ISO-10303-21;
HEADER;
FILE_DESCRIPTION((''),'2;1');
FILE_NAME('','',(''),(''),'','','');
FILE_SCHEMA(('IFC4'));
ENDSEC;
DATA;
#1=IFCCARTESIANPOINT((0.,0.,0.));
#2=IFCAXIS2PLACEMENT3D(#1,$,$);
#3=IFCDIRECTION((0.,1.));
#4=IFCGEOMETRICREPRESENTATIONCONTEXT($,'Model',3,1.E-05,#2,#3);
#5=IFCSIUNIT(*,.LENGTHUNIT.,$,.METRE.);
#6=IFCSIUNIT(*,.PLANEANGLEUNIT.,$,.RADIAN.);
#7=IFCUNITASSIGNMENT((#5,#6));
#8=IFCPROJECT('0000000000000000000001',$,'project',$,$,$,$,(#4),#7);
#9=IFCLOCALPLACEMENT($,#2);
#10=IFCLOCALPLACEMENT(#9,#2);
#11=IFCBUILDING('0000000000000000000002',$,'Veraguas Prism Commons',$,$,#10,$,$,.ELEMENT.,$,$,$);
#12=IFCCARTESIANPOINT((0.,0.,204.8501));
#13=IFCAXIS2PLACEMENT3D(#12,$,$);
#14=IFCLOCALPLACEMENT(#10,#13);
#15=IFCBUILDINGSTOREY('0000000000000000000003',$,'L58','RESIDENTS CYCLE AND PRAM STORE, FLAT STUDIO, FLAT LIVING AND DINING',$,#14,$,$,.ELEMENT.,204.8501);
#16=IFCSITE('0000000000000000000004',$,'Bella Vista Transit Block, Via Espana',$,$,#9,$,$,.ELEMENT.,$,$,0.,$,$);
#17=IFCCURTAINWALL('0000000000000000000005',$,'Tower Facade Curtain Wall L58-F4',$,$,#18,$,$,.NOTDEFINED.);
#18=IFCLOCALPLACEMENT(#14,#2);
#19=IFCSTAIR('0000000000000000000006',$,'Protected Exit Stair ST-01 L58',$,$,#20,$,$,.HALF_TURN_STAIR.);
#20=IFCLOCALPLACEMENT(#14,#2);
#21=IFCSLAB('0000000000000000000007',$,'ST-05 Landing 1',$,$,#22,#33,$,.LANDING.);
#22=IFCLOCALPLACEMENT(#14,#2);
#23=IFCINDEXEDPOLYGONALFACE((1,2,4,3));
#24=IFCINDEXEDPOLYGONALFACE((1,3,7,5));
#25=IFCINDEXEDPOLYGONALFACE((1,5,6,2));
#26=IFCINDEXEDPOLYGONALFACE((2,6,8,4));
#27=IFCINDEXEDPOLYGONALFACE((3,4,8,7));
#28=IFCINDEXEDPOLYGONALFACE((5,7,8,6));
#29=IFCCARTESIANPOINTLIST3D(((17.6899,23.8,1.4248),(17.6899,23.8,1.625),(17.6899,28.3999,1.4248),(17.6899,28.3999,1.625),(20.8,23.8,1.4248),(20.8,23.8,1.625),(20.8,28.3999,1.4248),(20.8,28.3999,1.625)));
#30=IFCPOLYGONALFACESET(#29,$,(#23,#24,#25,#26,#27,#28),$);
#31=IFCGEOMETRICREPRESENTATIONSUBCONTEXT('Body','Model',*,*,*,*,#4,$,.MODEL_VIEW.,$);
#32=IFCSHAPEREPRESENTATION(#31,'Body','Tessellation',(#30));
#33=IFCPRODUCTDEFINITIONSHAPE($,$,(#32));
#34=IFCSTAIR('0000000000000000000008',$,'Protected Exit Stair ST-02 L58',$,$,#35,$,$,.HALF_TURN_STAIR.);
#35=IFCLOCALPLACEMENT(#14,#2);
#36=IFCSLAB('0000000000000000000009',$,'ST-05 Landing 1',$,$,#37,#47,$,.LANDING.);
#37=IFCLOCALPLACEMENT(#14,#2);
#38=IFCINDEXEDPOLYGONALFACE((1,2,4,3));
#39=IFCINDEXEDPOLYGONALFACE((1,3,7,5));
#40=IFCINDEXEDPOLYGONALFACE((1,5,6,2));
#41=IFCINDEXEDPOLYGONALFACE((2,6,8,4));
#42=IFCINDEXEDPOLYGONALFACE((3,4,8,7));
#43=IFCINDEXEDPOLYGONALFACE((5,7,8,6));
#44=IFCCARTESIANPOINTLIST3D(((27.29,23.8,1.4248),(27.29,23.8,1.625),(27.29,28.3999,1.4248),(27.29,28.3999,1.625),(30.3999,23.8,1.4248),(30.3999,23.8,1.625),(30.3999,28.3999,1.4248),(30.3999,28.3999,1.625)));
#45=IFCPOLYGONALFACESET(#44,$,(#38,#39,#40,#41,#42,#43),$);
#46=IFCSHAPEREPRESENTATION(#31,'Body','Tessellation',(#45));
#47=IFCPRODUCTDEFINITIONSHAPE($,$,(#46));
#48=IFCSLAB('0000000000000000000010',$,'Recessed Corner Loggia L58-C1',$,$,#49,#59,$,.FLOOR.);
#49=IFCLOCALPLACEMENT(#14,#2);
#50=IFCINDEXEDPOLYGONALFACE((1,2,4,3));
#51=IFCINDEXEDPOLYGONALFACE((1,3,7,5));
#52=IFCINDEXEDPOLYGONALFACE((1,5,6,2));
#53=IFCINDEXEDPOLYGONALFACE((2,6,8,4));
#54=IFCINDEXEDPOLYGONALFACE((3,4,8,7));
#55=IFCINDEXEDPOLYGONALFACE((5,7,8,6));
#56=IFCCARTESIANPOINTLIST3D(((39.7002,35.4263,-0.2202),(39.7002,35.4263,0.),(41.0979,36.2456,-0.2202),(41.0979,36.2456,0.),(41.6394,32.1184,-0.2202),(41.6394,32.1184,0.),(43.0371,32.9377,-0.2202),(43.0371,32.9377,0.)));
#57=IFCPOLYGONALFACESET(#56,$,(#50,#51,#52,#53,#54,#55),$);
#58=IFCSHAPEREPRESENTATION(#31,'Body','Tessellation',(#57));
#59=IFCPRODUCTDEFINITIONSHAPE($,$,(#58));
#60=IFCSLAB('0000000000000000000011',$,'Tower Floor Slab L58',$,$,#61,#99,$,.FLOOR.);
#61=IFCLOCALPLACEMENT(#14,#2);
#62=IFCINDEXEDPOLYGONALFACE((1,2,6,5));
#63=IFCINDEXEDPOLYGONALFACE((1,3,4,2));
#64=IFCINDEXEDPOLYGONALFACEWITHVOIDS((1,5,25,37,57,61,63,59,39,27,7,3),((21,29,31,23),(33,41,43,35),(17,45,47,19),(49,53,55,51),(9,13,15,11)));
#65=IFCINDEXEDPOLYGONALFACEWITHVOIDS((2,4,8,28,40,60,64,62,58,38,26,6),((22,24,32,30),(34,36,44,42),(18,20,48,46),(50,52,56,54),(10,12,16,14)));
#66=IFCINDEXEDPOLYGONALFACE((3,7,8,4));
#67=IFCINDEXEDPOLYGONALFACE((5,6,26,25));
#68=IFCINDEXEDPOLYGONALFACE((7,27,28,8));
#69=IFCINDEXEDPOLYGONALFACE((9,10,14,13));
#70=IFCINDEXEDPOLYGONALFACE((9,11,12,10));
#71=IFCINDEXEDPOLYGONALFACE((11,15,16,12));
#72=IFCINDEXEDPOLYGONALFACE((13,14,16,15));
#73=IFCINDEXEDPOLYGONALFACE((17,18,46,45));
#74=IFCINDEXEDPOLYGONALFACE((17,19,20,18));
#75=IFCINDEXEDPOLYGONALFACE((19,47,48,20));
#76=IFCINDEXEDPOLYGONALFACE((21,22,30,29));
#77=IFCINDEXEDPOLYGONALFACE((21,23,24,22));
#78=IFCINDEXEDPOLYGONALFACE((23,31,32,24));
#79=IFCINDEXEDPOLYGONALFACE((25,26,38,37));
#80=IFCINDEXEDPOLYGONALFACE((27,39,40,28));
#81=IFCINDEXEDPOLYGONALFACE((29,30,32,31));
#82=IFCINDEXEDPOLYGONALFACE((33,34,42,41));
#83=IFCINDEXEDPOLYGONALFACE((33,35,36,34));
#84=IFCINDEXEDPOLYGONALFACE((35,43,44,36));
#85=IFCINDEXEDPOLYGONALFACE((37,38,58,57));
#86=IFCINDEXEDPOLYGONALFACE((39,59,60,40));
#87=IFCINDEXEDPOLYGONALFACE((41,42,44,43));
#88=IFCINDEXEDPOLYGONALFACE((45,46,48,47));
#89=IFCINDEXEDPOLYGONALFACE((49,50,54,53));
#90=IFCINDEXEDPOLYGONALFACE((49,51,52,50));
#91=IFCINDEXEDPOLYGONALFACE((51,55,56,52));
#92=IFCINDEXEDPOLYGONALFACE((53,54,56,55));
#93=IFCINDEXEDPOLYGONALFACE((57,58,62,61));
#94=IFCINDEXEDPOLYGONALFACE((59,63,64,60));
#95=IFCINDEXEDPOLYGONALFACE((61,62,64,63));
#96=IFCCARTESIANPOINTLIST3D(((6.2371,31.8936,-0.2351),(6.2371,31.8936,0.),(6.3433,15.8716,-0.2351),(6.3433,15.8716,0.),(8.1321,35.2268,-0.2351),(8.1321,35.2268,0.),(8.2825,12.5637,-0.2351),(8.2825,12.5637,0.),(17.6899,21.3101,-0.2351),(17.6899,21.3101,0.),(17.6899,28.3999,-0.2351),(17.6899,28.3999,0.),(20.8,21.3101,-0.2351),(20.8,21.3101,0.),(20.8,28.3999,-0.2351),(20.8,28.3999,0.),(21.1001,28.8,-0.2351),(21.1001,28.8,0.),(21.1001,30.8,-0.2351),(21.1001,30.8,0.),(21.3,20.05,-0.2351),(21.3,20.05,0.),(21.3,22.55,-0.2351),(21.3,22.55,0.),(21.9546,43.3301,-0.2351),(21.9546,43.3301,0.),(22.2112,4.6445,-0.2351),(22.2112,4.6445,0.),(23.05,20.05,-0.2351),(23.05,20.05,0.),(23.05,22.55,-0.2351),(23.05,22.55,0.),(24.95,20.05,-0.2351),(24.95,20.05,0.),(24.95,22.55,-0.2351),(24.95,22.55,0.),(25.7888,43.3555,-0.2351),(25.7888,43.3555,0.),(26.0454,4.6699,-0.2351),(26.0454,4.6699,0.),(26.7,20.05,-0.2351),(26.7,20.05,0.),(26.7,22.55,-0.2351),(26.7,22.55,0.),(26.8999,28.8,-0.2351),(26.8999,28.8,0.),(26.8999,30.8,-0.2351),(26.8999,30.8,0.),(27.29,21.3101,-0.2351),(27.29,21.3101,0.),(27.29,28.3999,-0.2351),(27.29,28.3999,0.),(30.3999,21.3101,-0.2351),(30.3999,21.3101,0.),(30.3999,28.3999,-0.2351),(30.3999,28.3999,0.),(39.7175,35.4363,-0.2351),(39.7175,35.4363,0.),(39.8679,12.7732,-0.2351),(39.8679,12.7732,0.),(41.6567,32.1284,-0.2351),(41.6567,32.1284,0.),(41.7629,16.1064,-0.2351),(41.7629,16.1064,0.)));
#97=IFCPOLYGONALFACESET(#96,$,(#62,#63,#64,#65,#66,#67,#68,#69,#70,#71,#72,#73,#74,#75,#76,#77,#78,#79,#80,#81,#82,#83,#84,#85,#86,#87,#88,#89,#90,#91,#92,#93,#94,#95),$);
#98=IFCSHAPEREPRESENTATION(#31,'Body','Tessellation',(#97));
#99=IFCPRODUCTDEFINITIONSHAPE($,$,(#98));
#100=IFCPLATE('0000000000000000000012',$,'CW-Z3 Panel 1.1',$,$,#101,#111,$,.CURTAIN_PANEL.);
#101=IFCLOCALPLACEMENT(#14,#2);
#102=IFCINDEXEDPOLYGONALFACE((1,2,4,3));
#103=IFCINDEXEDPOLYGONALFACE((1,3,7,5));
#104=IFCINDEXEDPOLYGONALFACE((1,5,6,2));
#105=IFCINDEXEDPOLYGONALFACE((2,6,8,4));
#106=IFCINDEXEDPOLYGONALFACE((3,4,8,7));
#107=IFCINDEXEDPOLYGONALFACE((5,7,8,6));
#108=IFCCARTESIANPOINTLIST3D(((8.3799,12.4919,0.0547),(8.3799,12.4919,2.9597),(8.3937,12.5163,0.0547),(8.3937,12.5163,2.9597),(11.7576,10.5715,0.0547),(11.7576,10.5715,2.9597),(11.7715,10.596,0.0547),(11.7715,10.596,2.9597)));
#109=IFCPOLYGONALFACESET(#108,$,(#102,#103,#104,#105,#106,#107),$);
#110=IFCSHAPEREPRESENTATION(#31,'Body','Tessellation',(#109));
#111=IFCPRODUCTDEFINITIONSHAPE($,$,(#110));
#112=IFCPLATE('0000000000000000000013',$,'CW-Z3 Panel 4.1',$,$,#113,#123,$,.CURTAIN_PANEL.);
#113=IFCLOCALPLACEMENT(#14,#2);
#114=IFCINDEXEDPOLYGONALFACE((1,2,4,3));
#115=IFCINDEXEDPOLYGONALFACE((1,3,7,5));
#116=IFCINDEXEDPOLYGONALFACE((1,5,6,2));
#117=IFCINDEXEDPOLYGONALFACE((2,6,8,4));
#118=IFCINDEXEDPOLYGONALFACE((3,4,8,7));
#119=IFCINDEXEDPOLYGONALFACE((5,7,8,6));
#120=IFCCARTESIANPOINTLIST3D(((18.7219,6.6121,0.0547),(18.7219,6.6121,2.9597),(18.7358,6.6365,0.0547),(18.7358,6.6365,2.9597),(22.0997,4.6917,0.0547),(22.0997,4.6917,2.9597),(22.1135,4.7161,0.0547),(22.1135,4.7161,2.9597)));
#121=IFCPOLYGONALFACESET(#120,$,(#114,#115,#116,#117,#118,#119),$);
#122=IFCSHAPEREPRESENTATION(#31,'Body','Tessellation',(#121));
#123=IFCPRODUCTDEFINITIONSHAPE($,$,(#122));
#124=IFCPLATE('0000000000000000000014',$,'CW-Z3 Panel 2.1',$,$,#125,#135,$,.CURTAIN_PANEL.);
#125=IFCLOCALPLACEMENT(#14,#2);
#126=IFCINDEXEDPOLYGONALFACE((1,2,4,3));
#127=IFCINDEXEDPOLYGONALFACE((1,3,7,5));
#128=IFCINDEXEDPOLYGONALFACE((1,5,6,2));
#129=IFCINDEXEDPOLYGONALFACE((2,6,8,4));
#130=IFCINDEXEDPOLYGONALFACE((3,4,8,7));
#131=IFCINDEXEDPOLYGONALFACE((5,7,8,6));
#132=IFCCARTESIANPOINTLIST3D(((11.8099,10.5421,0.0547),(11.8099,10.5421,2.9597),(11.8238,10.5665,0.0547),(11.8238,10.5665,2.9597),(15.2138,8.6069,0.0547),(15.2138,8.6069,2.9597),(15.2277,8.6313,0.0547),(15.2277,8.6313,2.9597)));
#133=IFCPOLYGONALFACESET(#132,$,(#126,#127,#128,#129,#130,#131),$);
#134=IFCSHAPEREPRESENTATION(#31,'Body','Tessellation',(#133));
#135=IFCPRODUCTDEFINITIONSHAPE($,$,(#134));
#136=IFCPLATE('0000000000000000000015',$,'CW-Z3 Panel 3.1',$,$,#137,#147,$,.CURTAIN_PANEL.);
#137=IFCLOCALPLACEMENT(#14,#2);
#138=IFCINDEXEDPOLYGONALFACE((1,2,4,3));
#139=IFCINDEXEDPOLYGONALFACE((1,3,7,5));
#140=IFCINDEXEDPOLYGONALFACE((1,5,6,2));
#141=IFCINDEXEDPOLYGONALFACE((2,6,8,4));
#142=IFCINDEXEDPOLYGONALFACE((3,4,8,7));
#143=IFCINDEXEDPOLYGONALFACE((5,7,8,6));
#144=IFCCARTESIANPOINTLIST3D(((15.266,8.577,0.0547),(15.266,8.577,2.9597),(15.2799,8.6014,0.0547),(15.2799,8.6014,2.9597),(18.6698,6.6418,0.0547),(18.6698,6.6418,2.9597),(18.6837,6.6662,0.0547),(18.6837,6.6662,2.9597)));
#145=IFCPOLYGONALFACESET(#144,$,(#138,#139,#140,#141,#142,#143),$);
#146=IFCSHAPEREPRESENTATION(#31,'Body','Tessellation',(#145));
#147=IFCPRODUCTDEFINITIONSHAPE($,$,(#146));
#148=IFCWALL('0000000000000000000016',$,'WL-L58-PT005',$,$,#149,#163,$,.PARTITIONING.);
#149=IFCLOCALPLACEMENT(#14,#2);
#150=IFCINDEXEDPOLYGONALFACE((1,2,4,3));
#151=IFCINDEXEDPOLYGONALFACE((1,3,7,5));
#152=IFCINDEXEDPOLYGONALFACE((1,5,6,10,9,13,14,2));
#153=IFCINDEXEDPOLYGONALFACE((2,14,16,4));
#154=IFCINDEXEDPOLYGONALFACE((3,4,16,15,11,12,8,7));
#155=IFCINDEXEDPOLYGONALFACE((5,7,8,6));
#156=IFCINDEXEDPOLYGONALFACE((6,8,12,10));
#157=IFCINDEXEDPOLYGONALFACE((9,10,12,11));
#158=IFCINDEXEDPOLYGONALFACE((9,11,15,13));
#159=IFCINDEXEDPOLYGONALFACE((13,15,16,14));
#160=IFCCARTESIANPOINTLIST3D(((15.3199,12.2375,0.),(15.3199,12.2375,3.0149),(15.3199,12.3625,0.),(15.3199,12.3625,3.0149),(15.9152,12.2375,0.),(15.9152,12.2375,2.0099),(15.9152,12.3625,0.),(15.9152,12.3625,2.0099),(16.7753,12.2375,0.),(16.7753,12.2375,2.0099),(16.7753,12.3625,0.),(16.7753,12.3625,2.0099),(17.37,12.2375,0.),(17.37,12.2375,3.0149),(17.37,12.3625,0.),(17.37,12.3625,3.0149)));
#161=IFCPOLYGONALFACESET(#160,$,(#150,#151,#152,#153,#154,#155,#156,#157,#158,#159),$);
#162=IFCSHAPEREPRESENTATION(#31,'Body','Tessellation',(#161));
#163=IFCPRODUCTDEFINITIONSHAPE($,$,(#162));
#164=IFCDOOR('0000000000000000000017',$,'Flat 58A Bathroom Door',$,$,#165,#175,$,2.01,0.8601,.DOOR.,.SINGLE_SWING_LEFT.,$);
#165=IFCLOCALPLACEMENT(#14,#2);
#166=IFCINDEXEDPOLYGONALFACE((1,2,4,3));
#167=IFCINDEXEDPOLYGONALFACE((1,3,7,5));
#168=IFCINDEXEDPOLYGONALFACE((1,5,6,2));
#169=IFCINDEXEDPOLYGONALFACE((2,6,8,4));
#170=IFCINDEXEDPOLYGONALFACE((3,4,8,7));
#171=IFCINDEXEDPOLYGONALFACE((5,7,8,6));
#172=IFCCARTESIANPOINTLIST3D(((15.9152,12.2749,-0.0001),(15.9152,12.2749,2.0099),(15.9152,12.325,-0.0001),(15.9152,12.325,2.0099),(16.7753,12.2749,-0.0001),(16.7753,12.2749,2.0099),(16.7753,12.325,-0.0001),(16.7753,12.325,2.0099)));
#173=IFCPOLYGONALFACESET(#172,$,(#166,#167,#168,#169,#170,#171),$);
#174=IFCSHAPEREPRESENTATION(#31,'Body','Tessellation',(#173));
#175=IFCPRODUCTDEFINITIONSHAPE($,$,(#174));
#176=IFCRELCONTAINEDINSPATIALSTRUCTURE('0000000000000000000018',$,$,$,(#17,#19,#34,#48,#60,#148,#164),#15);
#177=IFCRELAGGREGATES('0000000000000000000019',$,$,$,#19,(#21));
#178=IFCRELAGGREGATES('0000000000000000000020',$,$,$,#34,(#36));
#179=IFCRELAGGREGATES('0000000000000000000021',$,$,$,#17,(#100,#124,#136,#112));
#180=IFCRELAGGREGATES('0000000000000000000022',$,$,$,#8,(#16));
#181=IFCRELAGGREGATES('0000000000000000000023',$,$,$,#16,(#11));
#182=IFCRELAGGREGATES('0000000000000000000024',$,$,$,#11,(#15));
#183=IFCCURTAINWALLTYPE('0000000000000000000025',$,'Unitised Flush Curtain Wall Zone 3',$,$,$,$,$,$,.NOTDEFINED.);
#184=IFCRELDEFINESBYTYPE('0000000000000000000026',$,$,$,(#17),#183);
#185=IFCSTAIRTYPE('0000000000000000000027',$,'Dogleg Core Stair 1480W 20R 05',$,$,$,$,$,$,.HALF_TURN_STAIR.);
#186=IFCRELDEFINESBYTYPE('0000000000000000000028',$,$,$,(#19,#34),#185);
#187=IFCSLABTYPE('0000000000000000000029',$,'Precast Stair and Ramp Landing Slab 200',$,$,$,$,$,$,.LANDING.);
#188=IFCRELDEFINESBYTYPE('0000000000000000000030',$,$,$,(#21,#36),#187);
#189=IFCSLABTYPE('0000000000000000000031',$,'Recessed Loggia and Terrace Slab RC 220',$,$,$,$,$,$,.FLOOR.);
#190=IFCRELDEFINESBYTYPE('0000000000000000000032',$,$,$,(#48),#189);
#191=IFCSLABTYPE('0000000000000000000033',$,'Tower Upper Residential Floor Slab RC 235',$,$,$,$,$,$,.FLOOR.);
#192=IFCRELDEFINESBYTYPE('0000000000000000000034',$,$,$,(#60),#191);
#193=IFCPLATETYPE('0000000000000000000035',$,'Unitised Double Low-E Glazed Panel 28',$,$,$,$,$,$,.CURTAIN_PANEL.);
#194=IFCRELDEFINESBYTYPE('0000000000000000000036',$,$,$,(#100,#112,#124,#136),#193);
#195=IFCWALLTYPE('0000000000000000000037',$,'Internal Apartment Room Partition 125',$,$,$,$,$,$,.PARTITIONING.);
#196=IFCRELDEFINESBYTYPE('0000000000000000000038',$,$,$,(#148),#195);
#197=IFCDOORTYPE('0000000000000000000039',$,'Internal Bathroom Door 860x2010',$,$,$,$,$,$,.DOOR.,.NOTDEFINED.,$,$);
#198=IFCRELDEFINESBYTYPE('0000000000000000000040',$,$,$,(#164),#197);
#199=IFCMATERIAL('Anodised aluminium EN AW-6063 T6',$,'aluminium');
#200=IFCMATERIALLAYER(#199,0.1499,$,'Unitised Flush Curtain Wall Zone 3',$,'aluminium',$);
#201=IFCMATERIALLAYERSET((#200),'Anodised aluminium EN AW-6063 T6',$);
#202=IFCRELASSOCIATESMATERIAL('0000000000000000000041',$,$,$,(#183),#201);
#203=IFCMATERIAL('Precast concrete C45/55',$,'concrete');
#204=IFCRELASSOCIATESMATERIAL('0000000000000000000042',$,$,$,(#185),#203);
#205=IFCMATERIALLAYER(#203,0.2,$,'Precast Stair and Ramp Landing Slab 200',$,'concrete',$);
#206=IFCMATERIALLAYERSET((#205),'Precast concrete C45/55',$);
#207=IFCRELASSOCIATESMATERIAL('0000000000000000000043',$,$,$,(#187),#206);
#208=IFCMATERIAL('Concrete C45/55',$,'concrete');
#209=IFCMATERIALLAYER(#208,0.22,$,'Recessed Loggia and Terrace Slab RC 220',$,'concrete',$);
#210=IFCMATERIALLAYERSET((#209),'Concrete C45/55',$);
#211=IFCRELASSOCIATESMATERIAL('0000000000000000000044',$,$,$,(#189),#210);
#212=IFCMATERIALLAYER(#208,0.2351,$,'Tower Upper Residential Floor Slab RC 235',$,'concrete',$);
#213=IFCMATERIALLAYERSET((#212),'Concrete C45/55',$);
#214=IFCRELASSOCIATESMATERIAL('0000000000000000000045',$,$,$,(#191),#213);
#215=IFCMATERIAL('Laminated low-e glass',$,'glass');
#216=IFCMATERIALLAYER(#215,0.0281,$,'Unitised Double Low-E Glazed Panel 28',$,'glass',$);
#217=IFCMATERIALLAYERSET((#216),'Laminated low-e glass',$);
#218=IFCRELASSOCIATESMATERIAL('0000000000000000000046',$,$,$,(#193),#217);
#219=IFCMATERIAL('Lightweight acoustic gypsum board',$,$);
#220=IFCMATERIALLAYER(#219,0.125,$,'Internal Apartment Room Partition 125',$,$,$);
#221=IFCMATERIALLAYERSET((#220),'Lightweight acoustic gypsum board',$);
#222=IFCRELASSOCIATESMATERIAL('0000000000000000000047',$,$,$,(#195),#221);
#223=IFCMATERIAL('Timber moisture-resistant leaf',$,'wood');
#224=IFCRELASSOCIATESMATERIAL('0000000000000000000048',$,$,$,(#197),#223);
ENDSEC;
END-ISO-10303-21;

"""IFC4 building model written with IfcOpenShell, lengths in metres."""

from ifc_helpers import new_model, si_unit, direction, frame, frame_2d, origin, origin_2d, place, context, subcontext, project, spatial, polyline, rectangle, outline, extrude, source, transform, mapped, material, layer, layer_set, type_object, element, fill, aggregate, save


model = new_model("IFC4")

# Units and contexts
model_context = context("Model", 3, precision=1e-05, world=origin(), true_north=direction((0.0, 1.0)))
body_context = subcontext(model_context, "Body", "Model", "MODEL_VIEW")
ifc_project = project(units=[si_unit("LENGTHUNIT", "METRE"), si_unit("PLANEANGLEUNIT", "RADIAN")], contexts=[model_context])

# Site, building, storey
site_placement = place(None, origin())
site = spatial("IfcSite", under=ifc_project, at=site_placement, Name="Bella Vista Transit Block, Via Espana", CompositionType="ELEMENT", RefElevation=0.0)
building_placement = place(site_placement, origin())
building = spatial("IfcBuilding", under=site, at=building_placement, Name="Veraguas Prism Commons", CompositionType="ELEMENT")
storey_placement = place(building_placement, frame((0.0, 0.0, 204.8501)))
storey = spatial("IfcBuildingStorey", under=building, at=storey_placement, Name="L58", Description="RESIDENTS CYCLE AND PRAM STORE, FLAT STUDIO, FLAT LIVING AND DINING", CompositionType="ELEMENT", Elevation=204.8501)

# Curtain wall
ifc_material_1 = material(Name="Anodised aluminium EN AW-6063 T6", Category="aluminium")
ifc_layer_1 = layer(ifc_material_1, 0.1499, Name="Unitised Flush Curtain Wall Zone 3", Category="aluminium")
ifc_layer_set_1 = layer_set([ifc_layer_1], Name="Anodised aluminium EN AW-6063 T6")
curtain_wall_type = type_object("IfcCurtainWallType", Name="Unitised Flush Curtain Wall Zone 3", PredefinedType="NOTDEFINED", material=ifc_layer_set_1)
curtain_wall_1_placement = place(storey_placement, origin())
curtain_wall_1 = element("IfcCurtainWall", 1, at=curtain_wall_1_placement, inside=storey, type_object=curtain_wall_type, Name="Tower Facade Curtain Wall L58-F4", PredefinedType="NOTDEFINED")

# Stairs, slabs
ifc_material_2 = material(Name="Precast concrete C45/55", Category="concrete")
stair_type = type_object("IfcStairType", Name="Dogleg Core Stair 1480W 20R 05", PredefinedType="HALF_TURN_STAIR", material=ifc_material_2)
stair_1_placement = place(storey_placement, origin())
stair_1 = element("IfcStair", 2, at=stair_1_placement, inside=storey, type_object=stair_type, Name="Protected Exit Stair ST-01 L58", PredefinedType="HALF_TURN_STAIR")
ifc_layer_2 = layer(ifc_material_2, 0.2, Name="Precast Stair and Ramp Landing Slab 200", Category="concrete")
ifc_layer_set_2 = layer_set([ifc_layer_2], Name="Precast concrete C45/55")
slab_type_1 = type_object("IfcSlabType", Name="Precast Stair and Ramp Landing Slab 200", PredefinedType="LANDING", material=ifc_layer_set_2)
slab_1_placement = place(storey_placement, frame((0.0, 0.0, 1.4248)))
slab_1 = element("IfcSlab", 3, at=slab_1_placement, type_object=slab_type_1, Name="ST-05 Landing 1", PredefinedType="LANDING", context=body_context, shape_type="SweptSolid", body=[
    extrude(outline(polyline([(20.8, 23.8), (20.8, 28.3999), (17.6899, 28.3999), (17.6899, 23.8), (20.8, 23.8)])), origin(), (0.0, 0.0, 1.0), 0.2002),
])
aggregate(stair_1, [slab_1])
stair_2_placement = place(storey_placement, origin())
stair_2 = element("IfcStair", 4, at=stair_2_placement, inside=storey, type_object=stair_type, Name="Protected Exit Stair ST-02 L58", PredefinedType="HALF_TURN_STAIR")
slab_2_placement = place(storey_placement, frame((0.0, 0.0, 1.4248)))
slab_2 = element("IfcSlab", 5, at=slab_2_placement, type_object=slab_type_1, Name="ST-05 Landing 1", PredefinedType="LANDING", context=body_context, shape_type="SweptSolid", body=[
    extrude(outline(polyline([(30.3999, 23.8), (30.3999, 28.3999), (27.29, 28.3999), (27.29, 23.8), (30.3999, 23.8)])), origin(), (0.0, 0.0, 1.0), 0.2002),
])
aggregate(stair_2, [slab_2])

# Slabs
ifc_material_3 = material(Name="Concrete C45/55", Category="concrete")
ifc_layer_3 = layer(ifc_material_3, 0.22, Name="Recessed Loggia and Terrace Slab RC 220", Category="concrete")
ifc_layer_set_3 = layer_set([ifc_layer_3], Name="Concrete C45/55")
slab_type_2 = type_object("IfcSlabType", Name="Recessed Loggia and Terrace Slab RC 220", PredefinedType="FLOOR", material=ifc_layer_set_3)
slab_3_placement = place(storey_placement, frame((0.0, 0.0, -0.2202)))
element("IfcSlab", 6, at=slab_3_placement, inside=storey, type_object=slab_type_2, Name="Recessed Corner Loggia L58-C1", PredefinedType="FLOOR", context=body_context, shape_type="SweptSolid", body=[
    extrude(outline(polyline([(41.6394, 32.1184), (43.0371, 32.9377), (41.0979, 36.2456), (39.7002, 35.4263), (41.6394, 32.1184)])), origin(), (0.0, 0.0, 1.0), 0.2202),
])
ifc_layer_4 = layer(ifc_material_3, 0.2351, Name="Tower Upper Residential Floor Slab RC 235", Category="concrete")
ifc_layer_set_4 = layer_set([ifc_layer_4], Name="Concrete C45/55")
slab_type_3 = type_object("IfcSlabType", Name="Tower Upper Residential Floor Slab RC 235", PredefinedType="FLOOR", material=ifc_layer_set_4)
slab_4_placement = place(storey_placement, frame((0.0, 0.0, -0.2351)))
element("IfcSlab", 7, at=slab_4_placement, inside=storey, type_object=slab_type_3, Name="Tower Floor Slab L58", PredefinedType="FLOOR", context=body_context, shape_type="SweptSolid", body=[
    extrude(outline(polyline([(41.6567, 32.1284), (39.7175, 35.4363), (25.7888, 43.3555), (21.9546, 43.3301), (8.1321, 35.2268), (6.2371, 31.8936), (6.3433, 15.8716), (8.2825, 12.5637), (22.2112, 4.6445), (26.0454, 4.6699), (39.8679, 12.7732), (41.7629, 16.1064), (41.6567, 32.1284)]), holes=[polyline([(20.8, 21.3101), (20.8, 28.3999), (17.6899, 28.3999), (17.6899, 21.3101), (20.8, 21.3101)]), polyline([(30.3999, 21.3101), (30.3999, 28.3999), (27.29, 28.3999), (27.29, 21.3101), (30.3999, 21.3101)]), polyline([(21.1001, 28.8), (26.8999, 28.8), (26.8999, 30.8), (21.1001, 30.8), (21.1001, 28.8)]), polyline([(21.3, 20.05), (23.05, 20.05), (23.05, 22.55), (21.3, 22.55), (21.3, 20.05)]), polyline([(24.95, 20.05), (26.7, 20.05), (26.7, 22.55), (24.95, 22.55), (24.95, 20.05)])]), origin(), (0.0, 0.0, 1.0), 0.2351),
])

# Plates
ifc_material_4 = material(Name="Laminated low-e glass", Category="glass")
ifc_layer_5 = layer(ifc_material_4, 0.0281, Name="Unitised Double Low-E Glazed Panel 28", Category="glass")
ifc_layer_set_5 = layer_set([ifc_layer_5], Name="Laminated low-e glass")
plate_type = type_object("IfcPlateType", Name="Unitised Double Low-E Glazed Panel 28", PredefinedType="CURTAIN_PANEL", material=ifc_layer_set_5)
shared_shape_1 = source(origin(), body_context, "Body", "SweptSolid", [
    extrude(rectangle(XDim=3.8855, YDim=0.0281, at=origin_2d()), origin(), (0.0, 0.0, 1.0), 2.905),
])
plate_1_placement = place(storey_placement, frame((10.0757, 11.5439, 0.0547), z_axis=(0.0, 0.0, 1.0), x_axis=(0.869323, -0.494244, 0.0)))
plate_1 = element("IfcPlate", 8, at=plate_1_placement, type_object=plate_type, Name="CW-Z3 Panel 1.1", PredefinedType="CURTAIN_PANEL", context=body_context, shape_type="MappedRepresentation", body=[
    mapped(shared_shape_1, transform((0.0, 0.0, 0.0), scale=1.0)),
])
plate_2_placement = place(storey_placement, frame((20.4177, 5.6641, 0.0547), z_axis=(0.0, 0.0, 1.0), x_axis=(0.869323, -0.494244, 0.0)))
plate_2 = element("IfcPlate", 9, at=plate_2_placement, type_object=plate_type, Name="CW-Z3 Panel 4.1", PredefinedType="CURTAIN_PANEL", context=body_context, shape_type="MappedRepresentation", body=[
    mapped(shared_shape_1, transform((0.0, 0.0, 0.0), scale=1.0)),
])
shared_shape_2 = source(origin(), body_context, "Body", "SweptSolid", [
    extrude(rectangle(XDim=3.9155, YDim=0.0281, at=origin_2d()), origin(), (0.0, 0.0, 1.0), 2.905),
])
plate_3_placement = place(storey_placement, frame((13.5188, 9.5867, 0.0547), z_axis=(0.0, 0.0, 1.0), x_axis=(0.869323, -0.494244, 0.0)))
plate_3 = element("IfcPlate", 10, at=plate_3_placement, type_object=plate_type, Name="CW-Z3 Panel 2.1", PredefinedType="CURTAIN_PANEL", context=body_context, shape_type="MappedRepresentation", body=[
    mapped(shared_shape_2, transform((0.0, 0.0, 0.0), scale=1.0)),
])
plate_4_placement = place(storey_placement, frame((16.9749, 7.6216, 0.0547), z_axis=(0.0, 0.0, 1.0), x_axis=(0.869323, -0.494244, 0.0)))
plate_4 = element("IfcPlate", 11, at=plate_4_placement, type_object=plate_type, Name="CW-Z3 Panel 3.1", PredefinedType="CURTAIN_PANEL", context=body_context, shape_type="MappedRepresentation", body=[
    mapped(shared_shape_2, transform((0.0, 0.0, 0.0), scale=1.0)),
])
aggregate(curtain_wall_1, [plate_1, plate_3, plate_4, plate_2])

# Wall, opening, door
ifc_material_5 = material(Name="Lightweight acoustic gypsum board")
ifc_layer_6 = layer(ifc_material_5, 0.125, Name="Internal Apartment Room Partition 125")
ifc_layer_set_6 = layer_set([ifc_layer_6], Name="Lightweight acoustic gypsum board")
wall_type = type_object("IfcWallType", Name="Internal Apartment Room Partition 125", PredefinedType="PARTITIONING", material=ifc_layer_set_6)
wall_1_placement = place(storey_placement, frame((15.3201, 12.3, 0.0), z_axis=(0.0, 0.0, 1.0), x_axis=(1.0, 0.0, 0.0)))
wall_1 = element("IfcWall", 12, at=wall_1_placement, inside=storey, type_object=wall_type, Name="WL-L58-PT005", PredefinedType="PARTITIONING", context=body_context, shape_type="SweptSolid", body=[
    extrude(rectangle(XDim=2.05, YDim=0.125, at=frame_2d((1.0249, 0.0))), origin(), (0.0, 0.0, 1.0), 3.0149),
])
opening_1_placement = place(wall_1_placement, frame((0.595, 0.0, 0.0)))
opening_1 = element("IfcOpeningElement", 13, at=opening_1_placement, cuts=wall_1, PredefinedType="OPENING", context=body_context, shape_type="SweptSolid", body=[
    extrude(rectangle(XDim=0.8601, YDim=2.01, at=frame_2d((0.4302, 1.0049))), frame((0.0, 0.0725, 0.0), z_axis=(0.0, -1.0, 0.0), x_axis=(1.0, 0.0, 0.0)), (0.0, 0.0, 1.0), 0.145),
])
ifc_material_6 = material(Name="Timber moisture-resistant leaf", Category="wood")
door_type_1 = type_object("IfcDoorType", Name="Internal Bathroom Door 860x2010", OperationType="NOTDEFINED", PredefinedType="DOOR", material=ifc_material_6)
shared_shape_3 = source(origin(), body_context, "Body", "SweptSolid", [
    extrude(rectangle(XDim=0.8601, YDim=2.01, at=frame_2d((0.4302, 1.0049))), frame((0.0, 0.0249, 0.0), z_axis=(0.0, -1.0, 0.0), x_axis=(1.0, 0.0, 0.0)), (0.0, 0.0, 1.0), 0.05),
])
door_1_placement = place(opening_1_placement, origin())
door_1 = element("IfcDoor", 14, at=door_1_placement, inside=storey, type_object=door_type_1, Name="Flat 58A Bathroom Door", OperationType="SINGLE_SWING_LEFT", OverallHeight=2.01, OverallWidth=0.8601, PredefinedType="DOOR", context=body_context, shape_type="MappedRepresentation", body=[
    mapped(shared_shape_3, transform((0.0, 0.0, 0.0), scale=1.0)),
])
fill(opening_1, door_1)

save(model, "model.ifc")
